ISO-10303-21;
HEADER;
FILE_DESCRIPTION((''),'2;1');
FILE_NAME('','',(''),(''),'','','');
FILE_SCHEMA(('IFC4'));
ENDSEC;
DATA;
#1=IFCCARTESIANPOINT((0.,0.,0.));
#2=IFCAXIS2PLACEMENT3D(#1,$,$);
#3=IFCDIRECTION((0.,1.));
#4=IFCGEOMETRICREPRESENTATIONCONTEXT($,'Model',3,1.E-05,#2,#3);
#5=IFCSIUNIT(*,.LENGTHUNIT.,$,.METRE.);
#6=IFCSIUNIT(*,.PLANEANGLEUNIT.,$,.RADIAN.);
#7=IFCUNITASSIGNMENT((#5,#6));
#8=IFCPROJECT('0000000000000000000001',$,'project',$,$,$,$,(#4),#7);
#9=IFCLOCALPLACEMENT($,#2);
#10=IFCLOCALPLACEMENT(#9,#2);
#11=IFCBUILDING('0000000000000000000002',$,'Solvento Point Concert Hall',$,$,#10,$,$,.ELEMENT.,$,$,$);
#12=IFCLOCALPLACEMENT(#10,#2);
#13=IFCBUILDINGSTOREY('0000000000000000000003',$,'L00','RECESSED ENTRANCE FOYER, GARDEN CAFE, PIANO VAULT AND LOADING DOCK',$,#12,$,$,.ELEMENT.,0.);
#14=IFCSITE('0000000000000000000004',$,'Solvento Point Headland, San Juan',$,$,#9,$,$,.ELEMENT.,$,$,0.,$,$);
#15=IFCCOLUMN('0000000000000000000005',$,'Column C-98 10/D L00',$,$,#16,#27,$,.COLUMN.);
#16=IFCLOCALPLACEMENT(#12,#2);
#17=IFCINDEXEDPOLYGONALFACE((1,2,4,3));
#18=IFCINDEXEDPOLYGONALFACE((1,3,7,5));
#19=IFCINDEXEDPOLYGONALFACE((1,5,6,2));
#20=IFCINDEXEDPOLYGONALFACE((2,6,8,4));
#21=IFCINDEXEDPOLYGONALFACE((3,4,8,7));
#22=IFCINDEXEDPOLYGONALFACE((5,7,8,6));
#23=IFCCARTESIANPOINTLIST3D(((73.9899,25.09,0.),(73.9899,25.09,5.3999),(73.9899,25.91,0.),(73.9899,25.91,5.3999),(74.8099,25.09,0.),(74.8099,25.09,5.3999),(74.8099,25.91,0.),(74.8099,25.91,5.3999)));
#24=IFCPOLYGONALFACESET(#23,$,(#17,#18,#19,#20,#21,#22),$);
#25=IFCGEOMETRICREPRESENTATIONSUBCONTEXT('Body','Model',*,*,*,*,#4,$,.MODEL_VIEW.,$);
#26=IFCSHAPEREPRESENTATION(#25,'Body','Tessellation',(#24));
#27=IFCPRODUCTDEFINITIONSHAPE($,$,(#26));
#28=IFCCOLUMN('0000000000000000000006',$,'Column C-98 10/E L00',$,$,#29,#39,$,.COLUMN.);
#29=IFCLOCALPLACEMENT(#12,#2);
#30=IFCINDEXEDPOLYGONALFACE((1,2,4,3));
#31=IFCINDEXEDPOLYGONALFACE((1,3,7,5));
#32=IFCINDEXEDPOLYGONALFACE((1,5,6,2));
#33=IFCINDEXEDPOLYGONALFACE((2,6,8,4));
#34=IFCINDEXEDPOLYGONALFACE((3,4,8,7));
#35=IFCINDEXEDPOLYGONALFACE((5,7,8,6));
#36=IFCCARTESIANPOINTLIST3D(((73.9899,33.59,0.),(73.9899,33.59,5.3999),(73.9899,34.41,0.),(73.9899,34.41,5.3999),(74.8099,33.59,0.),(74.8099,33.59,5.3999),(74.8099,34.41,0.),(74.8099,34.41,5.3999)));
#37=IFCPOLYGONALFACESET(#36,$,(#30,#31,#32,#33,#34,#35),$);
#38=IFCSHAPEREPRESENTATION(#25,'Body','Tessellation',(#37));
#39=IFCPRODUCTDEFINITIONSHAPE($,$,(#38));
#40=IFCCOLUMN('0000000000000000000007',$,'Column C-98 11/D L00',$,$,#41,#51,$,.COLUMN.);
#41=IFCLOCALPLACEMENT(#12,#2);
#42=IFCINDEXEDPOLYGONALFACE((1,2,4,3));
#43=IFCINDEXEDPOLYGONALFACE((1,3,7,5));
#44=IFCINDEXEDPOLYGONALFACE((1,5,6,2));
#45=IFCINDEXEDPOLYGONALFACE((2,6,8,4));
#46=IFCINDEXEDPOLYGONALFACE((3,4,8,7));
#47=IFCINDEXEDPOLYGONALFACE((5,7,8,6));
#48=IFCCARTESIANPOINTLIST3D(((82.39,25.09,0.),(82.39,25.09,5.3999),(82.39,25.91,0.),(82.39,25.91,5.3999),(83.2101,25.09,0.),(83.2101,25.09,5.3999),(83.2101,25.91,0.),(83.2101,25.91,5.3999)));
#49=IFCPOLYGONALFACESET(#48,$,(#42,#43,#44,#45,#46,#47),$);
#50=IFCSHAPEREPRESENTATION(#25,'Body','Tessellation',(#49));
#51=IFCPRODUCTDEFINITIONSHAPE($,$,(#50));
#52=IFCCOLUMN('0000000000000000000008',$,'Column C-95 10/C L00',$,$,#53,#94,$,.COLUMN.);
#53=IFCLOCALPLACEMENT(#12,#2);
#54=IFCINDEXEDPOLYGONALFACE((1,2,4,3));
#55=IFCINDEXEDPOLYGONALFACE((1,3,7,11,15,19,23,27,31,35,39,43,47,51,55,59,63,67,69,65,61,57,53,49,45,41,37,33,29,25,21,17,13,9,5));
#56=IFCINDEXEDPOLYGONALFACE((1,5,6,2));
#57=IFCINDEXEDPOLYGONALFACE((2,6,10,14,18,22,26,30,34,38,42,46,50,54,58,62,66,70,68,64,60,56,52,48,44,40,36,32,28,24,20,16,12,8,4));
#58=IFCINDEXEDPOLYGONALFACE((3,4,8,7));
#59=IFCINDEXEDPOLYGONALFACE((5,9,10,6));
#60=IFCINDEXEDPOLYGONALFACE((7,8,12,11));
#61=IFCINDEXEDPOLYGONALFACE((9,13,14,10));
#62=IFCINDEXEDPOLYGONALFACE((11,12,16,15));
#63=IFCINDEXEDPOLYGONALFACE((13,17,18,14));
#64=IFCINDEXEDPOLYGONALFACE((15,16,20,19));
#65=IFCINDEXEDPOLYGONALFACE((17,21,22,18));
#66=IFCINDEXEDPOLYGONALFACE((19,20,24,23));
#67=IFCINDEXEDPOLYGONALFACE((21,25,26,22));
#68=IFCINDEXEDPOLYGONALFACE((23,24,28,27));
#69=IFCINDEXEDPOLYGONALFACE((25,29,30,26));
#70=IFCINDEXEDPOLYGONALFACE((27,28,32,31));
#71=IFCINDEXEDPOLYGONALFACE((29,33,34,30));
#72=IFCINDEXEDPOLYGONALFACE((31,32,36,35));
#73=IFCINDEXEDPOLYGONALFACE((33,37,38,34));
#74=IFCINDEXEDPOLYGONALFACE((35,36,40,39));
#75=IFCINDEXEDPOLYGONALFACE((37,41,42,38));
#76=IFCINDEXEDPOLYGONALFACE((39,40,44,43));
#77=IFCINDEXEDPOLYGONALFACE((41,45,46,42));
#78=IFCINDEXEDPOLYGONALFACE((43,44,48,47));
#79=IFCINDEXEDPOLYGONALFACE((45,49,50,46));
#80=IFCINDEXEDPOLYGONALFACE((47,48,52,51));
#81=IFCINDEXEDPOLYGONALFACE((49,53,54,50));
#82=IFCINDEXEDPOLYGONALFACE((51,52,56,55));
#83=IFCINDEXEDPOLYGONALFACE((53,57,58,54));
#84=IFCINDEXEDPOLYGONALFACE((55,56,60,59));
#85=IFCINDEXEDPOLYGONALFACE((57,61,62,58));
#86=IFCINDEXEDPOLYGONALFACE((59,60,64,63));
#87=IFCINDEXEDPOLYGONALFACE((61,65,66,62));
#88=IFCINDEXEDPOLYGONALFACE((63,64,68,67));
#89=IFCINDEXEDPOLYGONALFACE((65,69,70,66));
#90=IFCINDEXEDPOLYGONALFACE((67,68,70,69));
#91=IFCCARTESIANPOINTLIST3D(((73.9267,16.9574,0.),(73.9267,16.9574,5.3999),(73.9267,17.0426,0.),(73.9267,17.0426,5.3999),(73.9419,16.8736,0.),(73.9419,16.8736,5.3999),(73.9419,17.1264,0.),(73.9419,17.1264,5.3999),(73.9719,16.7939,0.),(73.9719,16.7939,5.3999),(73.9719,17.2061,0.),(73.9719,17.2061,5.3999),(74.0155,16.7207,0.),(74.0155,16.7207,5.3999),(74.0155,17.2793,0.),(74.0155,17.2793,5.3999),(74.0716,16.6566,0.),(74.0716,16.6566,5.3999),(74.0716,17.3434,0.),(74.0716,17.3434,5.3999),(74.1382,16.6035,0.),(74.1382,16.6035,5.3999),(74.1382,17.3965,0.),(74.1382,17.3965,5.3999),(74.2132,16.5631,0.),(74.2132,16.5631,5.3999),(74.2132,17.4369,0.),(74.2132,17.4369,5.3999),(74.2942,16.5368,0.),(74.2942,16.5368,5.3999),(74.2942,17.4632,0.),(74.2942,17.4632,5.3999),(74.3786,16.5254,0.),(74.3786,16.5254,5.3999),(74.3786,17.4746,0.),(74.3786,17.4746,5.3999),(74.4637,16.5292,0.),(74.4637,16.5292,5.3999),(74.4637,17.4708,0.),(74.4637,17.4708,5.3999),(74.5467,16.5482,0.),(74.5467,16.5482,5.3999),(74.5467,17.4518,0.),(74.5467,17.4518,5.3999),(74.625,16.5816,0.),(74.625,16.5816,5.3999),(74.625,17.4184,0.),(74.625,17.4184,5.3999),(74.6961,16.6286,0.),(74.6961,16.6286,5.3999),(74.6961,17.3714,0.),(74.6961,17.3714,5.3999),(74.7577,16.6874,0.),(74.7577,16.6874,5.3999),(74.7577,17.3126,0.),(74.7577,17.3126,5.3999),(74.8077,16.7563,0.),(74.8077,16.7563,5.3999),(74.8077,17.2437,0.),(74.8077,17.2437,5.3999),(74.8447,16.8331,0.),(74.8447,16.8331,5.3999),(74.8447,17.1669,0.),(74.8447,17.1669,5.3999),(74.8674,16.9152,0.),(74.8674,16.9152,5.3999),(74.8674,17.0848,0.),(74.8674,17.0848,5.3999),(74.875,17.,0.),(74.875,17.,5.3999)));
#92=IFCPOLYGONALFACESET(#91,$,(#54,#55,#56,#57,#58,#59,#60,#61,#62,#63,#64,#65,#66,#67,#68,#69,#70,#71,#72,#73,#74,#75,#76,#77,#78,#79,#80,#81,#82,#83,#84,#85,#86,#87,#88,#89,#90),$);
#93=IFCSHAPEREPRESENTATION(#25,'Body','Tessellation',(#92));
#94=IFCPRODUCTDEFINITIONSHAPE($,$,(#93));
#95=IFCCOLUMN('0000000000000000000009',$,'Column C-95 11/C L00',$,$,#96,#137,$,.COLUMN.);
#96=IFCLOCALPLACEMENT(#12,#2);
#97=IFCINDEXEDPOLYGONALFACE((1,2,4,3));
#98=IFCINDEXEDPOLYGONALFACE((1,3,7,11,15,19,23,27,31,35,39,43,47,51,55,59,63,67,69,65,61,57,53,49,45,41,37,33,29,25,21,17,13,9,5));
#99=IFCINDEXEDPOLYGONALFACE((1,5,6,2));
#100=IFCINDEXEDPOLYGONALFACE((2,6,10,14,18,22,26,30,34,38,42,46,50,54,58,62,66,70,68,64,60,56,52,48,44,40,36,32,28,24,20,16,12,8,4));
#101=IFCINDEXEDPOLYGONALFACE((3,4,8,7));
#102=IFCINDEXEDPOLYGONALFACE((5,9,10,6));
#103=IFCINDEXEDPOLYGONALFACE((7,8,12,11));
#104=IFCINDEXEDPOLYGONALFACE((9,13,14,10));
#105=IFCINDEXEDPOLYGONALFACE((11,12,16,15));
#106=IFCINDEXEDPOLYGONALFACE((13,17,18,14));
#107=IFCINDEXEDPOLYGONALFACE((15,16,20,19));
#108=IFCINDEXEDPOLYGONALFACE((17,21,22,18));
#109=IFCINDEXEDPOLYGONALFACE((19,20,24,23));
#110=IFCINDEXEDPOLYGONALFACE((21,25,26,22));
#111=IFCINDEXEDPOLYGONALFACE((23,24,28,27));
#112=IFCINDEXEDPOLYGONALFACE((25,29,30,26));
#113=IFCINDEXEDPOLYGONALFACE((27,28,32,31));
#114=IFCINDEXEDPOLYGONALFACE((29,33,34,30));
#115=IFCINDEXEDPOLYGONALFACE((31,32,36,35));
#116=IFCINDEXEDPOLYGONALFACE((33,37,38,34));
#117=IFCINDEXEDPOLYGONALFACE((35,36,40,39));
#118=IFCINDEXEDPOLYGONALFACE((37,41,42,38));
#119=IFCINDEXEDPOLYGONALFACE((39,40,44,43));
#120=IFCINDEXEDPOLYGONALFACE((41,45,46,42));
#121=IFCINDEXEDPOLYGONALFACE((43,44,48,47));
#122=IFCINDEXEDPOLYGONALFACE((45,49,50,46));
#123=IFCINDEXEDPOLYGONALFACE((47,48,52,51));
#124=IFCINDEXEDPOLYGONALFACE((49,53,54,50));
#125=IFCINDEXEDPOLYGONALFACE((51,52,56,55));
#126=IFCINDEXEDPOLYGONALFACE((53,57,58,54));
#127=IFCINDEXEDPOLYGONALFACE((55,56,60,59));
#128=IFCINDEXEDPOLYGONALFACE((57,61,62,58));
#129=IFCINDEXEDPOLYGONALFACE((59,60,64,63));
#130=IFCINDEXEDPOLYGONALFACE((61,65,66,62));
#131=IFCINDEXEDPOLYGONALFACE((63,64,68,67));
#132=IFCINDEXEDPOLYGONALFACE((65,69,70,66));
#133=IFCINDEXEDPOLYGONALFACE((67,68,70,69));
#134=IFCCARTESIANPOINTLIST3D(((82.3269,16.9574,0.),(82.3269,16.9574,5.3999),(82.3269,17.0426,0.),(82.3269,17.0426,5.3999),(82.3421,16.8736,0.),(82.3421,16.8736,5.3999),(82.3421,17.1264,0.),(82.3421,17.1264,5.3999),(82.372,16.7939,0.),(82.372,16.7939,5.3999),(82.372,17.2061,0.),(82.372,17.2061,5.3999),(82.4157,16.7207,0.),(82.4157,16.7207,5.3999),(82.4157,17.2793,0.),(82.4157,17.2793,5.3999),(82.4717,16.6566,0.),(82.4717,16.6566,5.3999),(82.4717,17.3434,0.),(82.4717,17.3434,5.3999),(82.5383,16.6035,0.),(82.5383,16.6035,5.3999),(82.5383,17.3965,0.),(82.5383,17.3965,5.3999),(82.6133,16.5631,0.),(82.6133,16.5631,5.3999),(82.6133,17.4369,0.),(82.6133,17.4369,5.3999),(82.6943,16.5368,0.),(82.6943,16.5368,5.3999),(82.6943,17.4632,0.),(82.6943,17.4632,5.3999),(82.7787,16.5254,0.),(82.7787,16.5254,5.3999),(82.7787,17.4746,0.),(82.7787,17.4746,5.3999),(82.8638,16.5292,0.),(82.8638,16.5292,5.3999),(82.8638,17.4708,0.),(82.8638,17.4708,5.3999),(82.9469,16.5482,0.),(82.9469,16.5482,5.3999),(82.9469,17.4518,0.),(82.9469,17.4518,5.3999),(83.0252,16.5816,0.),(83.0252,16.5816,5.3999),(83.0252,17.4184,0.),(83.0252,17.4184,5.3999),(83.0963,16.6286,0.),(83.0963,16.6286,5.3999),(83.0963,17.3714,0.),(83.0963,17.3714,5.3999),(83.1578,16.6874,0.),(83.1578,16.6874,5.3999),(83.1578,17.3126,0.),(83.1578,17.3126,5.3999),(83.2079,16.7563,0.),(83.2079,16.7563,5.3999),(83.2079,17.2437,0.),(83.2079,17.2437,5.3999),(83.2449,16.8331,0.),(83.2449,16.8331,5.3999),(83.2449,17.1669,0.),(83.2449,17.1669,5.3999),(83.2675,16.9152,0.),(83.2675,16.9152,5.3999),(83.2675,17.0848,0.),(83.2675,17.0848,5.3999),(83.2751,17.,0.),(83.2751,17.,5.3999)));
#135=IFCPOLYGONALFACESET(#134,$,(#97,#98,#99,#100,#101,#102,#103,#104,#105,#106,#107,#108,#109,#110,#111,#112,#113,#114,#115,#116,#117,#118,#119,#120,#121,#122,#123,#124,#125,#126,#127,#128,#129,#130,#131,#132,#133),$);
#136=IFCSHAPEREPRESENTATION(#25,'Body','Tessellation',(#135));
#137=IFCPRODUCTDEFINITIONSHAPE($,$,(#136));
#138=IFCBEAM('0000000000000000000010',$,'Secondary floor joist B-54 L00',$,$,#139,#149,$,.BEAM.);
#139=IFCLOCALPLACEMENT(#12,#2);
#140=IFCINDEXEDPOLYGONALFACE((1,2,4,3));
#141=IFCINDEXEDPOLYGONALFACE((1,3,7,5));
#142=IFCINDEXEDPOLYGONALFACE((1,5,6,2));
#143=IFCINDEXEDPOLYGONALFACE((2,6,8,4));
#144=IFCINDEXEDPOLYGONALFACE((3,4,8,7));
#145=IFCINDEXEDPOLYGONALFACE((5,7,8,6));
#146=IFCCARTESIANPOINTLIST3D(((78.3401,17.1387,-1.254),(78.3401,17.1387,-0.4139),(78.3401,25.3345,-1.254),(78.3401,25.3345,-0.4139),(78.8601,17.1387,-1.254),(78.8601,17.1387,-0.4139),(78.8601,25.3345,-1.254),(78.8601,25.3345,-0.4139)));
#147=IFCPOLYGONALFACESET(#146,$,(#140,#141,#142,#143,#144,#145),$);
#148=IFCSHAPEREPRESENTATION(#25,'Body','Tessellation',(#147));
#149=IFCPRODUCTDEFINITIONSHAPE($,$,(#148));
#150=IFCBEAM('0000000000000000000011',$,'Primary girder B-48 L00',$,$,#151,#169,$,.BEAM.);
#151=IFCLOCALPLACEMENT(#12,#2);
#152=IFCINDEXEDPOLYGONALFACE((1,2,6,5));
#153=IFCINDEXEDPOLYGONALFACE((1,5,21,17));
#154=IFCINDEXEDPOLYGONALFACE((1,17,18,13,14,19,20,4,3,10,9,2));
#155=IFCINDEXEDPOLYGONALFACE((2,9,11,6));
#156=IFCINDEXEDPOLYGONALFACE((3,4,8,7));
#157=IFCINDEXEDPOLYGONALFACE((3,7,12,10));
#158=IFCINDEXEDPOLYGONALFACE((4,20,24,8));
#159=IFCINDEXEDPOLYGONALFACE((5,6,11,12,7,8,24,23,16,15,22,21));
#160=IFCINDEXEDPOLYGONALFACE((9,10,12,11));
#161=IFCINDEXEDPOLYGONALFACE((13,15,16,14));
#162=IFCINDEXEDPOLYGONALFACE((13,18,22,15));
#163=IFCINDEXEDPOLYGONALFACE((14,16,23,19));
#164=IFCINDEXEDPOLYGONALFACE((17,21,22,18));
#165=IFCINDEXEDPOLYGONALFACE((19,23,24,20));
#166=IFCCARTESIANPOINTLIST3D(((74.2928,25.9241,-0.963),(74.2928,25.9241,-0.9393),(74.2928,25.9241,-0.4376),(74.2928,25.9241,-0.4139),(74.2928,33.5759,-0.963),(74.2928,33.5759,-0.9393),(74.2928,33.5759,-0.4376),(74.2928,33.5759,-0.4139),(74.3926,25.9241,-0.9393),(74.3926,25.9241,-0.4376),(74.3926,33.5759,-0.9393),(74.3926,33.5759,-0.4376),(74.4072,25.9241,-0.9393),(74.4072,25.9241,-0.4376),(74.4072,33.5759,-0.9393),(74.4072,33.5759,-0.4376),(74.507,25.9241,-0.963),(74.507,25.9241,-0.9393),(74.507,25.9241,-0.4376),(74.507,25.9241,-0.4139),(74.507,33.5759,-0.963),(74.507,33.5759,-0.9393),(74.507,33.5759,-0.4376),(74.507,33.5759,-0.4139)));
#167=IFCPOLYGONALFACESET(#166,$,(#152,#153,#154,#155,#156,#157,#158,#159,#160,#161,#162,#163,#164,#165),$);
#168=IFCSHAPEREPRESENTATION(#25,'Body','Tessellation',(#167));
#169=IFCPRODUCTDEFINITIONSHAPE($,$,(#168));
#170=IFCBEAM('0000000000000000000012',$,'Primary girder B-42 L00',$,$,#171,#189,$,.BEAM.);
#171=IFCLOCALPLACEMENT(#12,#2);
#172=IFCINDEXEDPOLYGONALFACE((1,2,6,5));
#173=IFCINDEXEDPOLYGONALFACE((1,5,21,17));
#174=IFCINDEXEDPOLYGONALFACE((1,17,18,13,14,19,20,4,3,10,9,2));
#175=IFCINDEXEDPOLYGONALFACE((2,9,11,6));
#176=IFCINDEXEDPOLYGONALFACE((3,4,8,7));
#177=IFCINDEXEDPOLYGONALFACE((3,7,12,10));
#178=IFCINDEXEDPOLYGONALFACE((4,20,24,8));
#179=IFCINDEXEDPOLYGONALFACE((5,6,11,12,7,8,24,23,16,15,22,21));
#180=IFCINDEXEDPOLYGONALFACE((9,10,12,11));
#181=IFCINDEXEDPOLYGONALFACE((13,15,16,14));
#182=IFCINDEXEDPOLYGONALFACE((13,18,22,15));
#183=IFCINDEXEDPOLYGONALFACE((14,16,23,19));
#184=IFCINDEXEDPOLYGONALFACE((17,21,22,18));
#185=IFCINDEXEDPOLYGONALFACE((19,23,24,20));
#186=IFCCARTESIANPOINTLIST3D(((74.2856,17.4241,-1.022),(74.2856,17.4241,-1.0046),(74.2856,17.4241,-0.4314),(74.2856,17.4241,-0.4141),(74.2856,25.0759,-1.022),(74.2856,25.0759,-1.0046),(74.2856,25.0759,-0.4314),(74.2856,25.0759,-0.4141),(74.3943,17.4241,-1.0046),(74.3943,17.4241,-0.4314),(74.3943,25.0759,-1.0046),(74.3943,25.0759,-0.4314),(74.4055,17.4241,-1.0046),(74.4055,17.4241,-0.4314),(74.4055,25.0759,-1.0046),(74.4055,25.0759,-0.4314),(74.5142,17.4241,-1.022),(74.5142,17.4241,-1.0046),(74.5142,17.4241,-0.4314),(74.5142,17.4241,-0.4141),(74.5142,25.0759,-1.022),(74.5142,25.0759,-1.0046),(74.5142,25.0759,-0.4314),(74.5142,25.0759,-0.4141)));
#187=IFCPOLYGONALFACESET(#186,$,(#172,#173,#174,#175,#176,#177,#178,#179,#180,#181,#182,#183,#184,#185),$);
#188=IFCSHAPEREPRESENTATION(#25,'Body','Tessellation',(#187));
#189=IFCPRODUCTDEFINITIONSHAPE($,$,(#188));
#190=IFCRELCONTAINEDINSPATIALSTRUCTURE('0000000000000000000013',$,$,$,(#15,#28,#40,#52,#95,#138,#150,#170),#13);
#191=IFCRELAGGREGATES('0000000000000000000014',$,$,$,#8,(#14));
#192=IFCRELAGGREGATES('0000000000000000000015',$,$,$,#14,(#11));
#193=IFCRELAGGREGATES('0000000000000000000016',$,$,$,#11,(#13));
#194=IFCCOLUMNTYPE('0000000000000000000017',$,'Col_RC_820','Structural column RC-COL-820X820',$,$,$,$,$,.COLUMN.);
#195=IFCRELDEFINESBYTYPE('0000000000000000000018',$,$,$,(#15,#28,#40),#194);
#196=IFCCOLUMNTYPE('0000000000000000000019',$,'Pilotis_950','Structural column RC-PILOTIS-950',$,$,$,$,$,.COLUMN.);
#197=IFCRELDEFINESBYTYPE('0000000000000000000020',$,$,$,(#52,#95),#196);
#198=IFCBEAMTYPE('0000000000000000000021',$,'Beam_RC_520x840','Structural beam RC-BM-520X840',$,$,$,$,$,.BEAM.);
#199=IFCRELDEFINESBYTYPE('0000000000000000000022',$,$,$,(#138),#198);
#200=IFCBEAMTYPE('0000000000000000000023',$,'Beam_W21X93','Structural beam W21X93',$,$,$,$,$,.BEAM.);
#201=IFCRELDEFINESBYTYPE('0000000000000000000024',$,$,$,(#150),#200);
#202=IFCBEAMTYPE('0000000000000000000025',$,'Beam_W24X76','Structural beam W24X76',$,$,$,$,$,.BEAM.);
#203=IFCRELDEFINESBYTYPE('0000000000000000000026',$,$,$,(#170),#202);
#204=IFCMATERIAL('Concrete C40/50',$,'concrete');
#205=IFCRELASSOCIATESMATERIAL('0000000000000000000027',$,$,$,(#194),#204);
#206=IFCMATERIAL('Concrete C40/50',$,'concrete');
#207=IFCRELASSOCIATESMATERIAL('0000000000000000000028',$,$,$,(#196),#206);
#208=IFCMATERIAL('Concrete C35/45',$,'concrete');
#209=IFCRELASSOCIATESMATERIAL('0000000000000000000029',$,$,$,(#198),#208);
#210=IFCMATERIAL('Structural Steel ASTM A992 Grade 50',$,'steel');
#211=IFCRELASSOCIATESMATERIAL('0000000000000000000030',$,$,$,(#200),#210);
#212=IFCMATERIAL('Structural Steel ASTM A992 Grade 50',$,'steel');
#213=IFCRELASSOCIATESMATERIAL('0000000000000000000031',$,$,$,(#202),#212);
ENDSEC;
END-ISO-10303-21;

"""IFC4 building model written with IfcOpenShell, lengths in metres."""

from ifc_helpers import new_model, si_unit, direction, frame, origin, origin_2d, place, context, subcontext, project, spatial, rectangle, circle, i_section, extrude, material, material_profile, profile_set, type_object, element, save


model = new_model("IFC4")

# Units and contexts
model_context = context("Model", 3, precision=1e-05, world=origin(), true_north=direction((0.0, 1.0)))
body_context = subcontext(model_context, "Body", "Model", "MODEL_VIEW")
ifc_project = project(units=[si_unit("LENGTHUNIT", "METRE"), si_unit("PLANEANGLEUNIT", "RADIAN")], contexts=[model_context])

# Site, building, storey
site_placement = place(None, origin())
site = spatial("IfcSite", under=ifc_project, at=site_placement, Name="Solvento Point Headland, San Juan", CompositionType="ELEMENT", RefElevation=0.0)
building_placement = place(site_placement, origin())
building = spatial("IfcBuilding", under=site, at=building_placement, Name="Solvento Point Concert Hall", CompositionType="ELEMENT")
storey_placement = place(building_placement, origin())
storey = spatial("IfcBuildingStorey", under=building, at=storey_placement, Name="L00", Description="RECESSED ENTRANCE FOYER, GARDEN CAFE, PIANO VAULT AND LOADING DOCK", CompositionType="ELEMENT", Elevation=0.0)

# Columns
ifc_material_1 = material(Name="Concrete C40/50", Category="concrete")
ifc_material_profile_1 = material_profile(ifc_material_1, rectangle(XDim=0.8201, YDim=0.8201, at=origin_2d()), Name="RC-COL-820X820")
ifc_profile_set_1 = profile_set([ifc_material_profile_1], Name="Concrete C40/50")
column_type_1 = type_object("IfcColumnType", Name="Col_RC_820", Description="Structural column RC-COL-820X820", PredefinedType="COLUMN", material=ifc_profile_set_1)
for number, where, z_axis, x_axis, name in (
    (1, (74.3999, 25.5, 0.0), (0.0, 0.0, 1.0), (1.0, 0.0, 0.0), "Column C-98 10/D L00"),
    (2, (74.3999, 34.0, 0.0), (0.0, 0.0, 1.0), (1.0, 0.0, 0.0), "Column C-98 10/E L00"),
    (3, (82.8, 25.5, 0.0), (0.0, 0.0, 1.0), (1.0, 0.0, 0.0), "Column C-98 11/D L00"),
):
    element("IfcColumn", number, at=place(storey_placement, frame(where, z_axis=z_axis, x_axis=x_axis)), inside=storey, type_object=column_type_1, Name=name, PredefinedType="COLUMN", context=body_context, shape_type="SweptSolid", body=[
        extrude(rectangle(XDim=0.8201, YDim=0.8201, at=origin_2d()), origin(), (0.0, 0.0, 1.0), 5.3999),
    ])
ifc_material_2 = material(Name="Concrete C40/50", Category="concrete")
ifc_material_profile_2 = material_profile(ifc_material_2, circle(Radius=0.4751, at=origin_2d()), Name="RC-PILOTIS-950")
ifc_profile_set_2 = profile_set([ifc_material_profile_2], Name="Concrete C40/50")
column_type_2 = type_object("IfcColumnType", Name="Pilotis_950", Description="Structural column RC-PILOTIS-950", PredefinedType="COLUMN", material=ifc_profile_set_2)
for number, where, z_axis, x_axis, name in (
    (4, (74.3999, 17.0, 0.0), (0.0, 0.0, 1.0), (1.0, 0.0, 0.0), "Column C-95 10/C L00"),
    (5, (82.8, 17.0, 0.0), (0.0, 0.0, 1.0), (1.0, 0.0, 0.0), "Column C-95 11/C L00"),
):
    element("IfcColumn", number, at=place(storey_placement, frame(where, z_axis=z_axis, x_axis=x_axis)), inside=storey, type_object=column_type_2, Name=name, PredefinedType="COLUMN", context=body_context, shape_type="SweptSolid", body=[
        extrude(circle(Radius=0.4751, at=origin_2d()), origin(), (0.0, 0.0, 1.0), 5.3999),
    ])

# Beams
ifc_material_3 = material(Name="Concrete C35/45", Category="concrete")
ifc_material_profile_3 = material_profile(ifc_material_3, rectangle(XDim=0.52, YDim=0.8401, at=origin_2d()), Name="RC-BM-520X840")
ifc_profile_set_3 = profile_set([ifc_material_profile_3], Name="Concrete C35/45")
beam_type_1 = type_object("IfcBeamType", Name="Beam_RC_520x840", Description="Structural beam RC-BM-520X840", PredefinedType="BEAM", material=ifc_profile_set_3)
beam_1_placement = place(storey_placement, frame((78.6001, 17.1387, -0.834), z_axis=(0.0, 1.0, 0.0), x_axis=(-1.0, 0.0, 0.0)))
element("IfcBeam", 6, at=beam_1_placement, inside=storey, type_object=beam_type_1, Name="Secondary floor joist B-54 L00", PredefinedType="BEAM", context=body_context, shape_type="SweptSolid", body=[
    extrude(rectangle(XDim=0.52, YDim=0.8401, at=origin_2d()), origin(), (0.0, 0.0, 1.0), 8.1958),
])
ifc_material_4 = material(Name="Structural Steel ASTM A992 Grade 50", Category="steel")
ifc_material_profile_4 = material_profile(ifc_material_4, i_section(OverallWidth=0.2141, OverallDepth=0.5491, WebThickness=0.0146, FlangeThickness=0.0237, at=origin_2d()), Name="W21X93")
ifc_profile_set_4 = profile_set([ifc_material_profile_4], Name="Structural Steel ASTM A992 Grade 50")
beam_type_2 = type_object("IfcBeamType", Name="Beam_W21X93", Description="Structural beam W21X93", PredefinedType="BEAM", material=ifc_profile_set_4)
beam_2_placement = place(storey_placement, frame((74.3999, 25.9241, -0.6885), z_axis=(0.0, 1.0, 0.0), x_axis=(-1.0, 0.0, 0.0)))
element("IfcBeam", 7, at=beam_2_placement, inside=storey, type_object=beam_type_2, Name="Primary girder B-48 L00", PredefinedType="BEAM", context=body_context, shape_type="SweptSolid", body=[
    extrude(i_section(OverallWidth=0.2141, OverallDepth=0.5491, WebThickness=0.0146, FlangeThickness=0.0237, at=origin_2d()), origin(), (0.0, 0.0, 1.0), 7.6519),
])
ifc_material_5 = material(Name="Structural Steel ASTM A992 Grade 50", Category="steel")
ifc_material_profile_5 = material_profile(ifc_material_5, i_section(OverallWidth=0.2285, OverallDepth=0.6079, WebThickness=0.0112, FlangeThickness=0.0173, at=origin_2d()), Name="W24X76")
ifc_profile_set_5 = profile_set([ifc_material_profile_5], Name="Structural Steel ASTM A992 Grade 50")
beam_type_3 = type_object("IfcBeamType", Name="Beam_W24X76", Description="Structural beam W24X76", PredefinedType="BEAM", material=ifc_profile_set_5)
beam_3_placement = place(storey_placement, frame((74.3999, 17.4241, -0.718), z_axis=(0.0, 1.0, 0.0), x_axis=(-1.0, 0.0, 0.0)))
element("IfcBeam", 8, at=beam_3_placement, inside=storey, type_object=beam_type_3, Name="Primary girder B-42 L00", PredefinedType="BEAM", context=body_context, shape_type="SweptSolid", body=[
    extrude(i_section(OverallWidth=0.2285, OverallDepth=0.6079, WebThickness=0.0112, FlangeThickness=0.0173, at=origin_2d()), origin(), (0.0, 0.0, 1.0), 7.6519),
])

save(model, "model.ifc")
